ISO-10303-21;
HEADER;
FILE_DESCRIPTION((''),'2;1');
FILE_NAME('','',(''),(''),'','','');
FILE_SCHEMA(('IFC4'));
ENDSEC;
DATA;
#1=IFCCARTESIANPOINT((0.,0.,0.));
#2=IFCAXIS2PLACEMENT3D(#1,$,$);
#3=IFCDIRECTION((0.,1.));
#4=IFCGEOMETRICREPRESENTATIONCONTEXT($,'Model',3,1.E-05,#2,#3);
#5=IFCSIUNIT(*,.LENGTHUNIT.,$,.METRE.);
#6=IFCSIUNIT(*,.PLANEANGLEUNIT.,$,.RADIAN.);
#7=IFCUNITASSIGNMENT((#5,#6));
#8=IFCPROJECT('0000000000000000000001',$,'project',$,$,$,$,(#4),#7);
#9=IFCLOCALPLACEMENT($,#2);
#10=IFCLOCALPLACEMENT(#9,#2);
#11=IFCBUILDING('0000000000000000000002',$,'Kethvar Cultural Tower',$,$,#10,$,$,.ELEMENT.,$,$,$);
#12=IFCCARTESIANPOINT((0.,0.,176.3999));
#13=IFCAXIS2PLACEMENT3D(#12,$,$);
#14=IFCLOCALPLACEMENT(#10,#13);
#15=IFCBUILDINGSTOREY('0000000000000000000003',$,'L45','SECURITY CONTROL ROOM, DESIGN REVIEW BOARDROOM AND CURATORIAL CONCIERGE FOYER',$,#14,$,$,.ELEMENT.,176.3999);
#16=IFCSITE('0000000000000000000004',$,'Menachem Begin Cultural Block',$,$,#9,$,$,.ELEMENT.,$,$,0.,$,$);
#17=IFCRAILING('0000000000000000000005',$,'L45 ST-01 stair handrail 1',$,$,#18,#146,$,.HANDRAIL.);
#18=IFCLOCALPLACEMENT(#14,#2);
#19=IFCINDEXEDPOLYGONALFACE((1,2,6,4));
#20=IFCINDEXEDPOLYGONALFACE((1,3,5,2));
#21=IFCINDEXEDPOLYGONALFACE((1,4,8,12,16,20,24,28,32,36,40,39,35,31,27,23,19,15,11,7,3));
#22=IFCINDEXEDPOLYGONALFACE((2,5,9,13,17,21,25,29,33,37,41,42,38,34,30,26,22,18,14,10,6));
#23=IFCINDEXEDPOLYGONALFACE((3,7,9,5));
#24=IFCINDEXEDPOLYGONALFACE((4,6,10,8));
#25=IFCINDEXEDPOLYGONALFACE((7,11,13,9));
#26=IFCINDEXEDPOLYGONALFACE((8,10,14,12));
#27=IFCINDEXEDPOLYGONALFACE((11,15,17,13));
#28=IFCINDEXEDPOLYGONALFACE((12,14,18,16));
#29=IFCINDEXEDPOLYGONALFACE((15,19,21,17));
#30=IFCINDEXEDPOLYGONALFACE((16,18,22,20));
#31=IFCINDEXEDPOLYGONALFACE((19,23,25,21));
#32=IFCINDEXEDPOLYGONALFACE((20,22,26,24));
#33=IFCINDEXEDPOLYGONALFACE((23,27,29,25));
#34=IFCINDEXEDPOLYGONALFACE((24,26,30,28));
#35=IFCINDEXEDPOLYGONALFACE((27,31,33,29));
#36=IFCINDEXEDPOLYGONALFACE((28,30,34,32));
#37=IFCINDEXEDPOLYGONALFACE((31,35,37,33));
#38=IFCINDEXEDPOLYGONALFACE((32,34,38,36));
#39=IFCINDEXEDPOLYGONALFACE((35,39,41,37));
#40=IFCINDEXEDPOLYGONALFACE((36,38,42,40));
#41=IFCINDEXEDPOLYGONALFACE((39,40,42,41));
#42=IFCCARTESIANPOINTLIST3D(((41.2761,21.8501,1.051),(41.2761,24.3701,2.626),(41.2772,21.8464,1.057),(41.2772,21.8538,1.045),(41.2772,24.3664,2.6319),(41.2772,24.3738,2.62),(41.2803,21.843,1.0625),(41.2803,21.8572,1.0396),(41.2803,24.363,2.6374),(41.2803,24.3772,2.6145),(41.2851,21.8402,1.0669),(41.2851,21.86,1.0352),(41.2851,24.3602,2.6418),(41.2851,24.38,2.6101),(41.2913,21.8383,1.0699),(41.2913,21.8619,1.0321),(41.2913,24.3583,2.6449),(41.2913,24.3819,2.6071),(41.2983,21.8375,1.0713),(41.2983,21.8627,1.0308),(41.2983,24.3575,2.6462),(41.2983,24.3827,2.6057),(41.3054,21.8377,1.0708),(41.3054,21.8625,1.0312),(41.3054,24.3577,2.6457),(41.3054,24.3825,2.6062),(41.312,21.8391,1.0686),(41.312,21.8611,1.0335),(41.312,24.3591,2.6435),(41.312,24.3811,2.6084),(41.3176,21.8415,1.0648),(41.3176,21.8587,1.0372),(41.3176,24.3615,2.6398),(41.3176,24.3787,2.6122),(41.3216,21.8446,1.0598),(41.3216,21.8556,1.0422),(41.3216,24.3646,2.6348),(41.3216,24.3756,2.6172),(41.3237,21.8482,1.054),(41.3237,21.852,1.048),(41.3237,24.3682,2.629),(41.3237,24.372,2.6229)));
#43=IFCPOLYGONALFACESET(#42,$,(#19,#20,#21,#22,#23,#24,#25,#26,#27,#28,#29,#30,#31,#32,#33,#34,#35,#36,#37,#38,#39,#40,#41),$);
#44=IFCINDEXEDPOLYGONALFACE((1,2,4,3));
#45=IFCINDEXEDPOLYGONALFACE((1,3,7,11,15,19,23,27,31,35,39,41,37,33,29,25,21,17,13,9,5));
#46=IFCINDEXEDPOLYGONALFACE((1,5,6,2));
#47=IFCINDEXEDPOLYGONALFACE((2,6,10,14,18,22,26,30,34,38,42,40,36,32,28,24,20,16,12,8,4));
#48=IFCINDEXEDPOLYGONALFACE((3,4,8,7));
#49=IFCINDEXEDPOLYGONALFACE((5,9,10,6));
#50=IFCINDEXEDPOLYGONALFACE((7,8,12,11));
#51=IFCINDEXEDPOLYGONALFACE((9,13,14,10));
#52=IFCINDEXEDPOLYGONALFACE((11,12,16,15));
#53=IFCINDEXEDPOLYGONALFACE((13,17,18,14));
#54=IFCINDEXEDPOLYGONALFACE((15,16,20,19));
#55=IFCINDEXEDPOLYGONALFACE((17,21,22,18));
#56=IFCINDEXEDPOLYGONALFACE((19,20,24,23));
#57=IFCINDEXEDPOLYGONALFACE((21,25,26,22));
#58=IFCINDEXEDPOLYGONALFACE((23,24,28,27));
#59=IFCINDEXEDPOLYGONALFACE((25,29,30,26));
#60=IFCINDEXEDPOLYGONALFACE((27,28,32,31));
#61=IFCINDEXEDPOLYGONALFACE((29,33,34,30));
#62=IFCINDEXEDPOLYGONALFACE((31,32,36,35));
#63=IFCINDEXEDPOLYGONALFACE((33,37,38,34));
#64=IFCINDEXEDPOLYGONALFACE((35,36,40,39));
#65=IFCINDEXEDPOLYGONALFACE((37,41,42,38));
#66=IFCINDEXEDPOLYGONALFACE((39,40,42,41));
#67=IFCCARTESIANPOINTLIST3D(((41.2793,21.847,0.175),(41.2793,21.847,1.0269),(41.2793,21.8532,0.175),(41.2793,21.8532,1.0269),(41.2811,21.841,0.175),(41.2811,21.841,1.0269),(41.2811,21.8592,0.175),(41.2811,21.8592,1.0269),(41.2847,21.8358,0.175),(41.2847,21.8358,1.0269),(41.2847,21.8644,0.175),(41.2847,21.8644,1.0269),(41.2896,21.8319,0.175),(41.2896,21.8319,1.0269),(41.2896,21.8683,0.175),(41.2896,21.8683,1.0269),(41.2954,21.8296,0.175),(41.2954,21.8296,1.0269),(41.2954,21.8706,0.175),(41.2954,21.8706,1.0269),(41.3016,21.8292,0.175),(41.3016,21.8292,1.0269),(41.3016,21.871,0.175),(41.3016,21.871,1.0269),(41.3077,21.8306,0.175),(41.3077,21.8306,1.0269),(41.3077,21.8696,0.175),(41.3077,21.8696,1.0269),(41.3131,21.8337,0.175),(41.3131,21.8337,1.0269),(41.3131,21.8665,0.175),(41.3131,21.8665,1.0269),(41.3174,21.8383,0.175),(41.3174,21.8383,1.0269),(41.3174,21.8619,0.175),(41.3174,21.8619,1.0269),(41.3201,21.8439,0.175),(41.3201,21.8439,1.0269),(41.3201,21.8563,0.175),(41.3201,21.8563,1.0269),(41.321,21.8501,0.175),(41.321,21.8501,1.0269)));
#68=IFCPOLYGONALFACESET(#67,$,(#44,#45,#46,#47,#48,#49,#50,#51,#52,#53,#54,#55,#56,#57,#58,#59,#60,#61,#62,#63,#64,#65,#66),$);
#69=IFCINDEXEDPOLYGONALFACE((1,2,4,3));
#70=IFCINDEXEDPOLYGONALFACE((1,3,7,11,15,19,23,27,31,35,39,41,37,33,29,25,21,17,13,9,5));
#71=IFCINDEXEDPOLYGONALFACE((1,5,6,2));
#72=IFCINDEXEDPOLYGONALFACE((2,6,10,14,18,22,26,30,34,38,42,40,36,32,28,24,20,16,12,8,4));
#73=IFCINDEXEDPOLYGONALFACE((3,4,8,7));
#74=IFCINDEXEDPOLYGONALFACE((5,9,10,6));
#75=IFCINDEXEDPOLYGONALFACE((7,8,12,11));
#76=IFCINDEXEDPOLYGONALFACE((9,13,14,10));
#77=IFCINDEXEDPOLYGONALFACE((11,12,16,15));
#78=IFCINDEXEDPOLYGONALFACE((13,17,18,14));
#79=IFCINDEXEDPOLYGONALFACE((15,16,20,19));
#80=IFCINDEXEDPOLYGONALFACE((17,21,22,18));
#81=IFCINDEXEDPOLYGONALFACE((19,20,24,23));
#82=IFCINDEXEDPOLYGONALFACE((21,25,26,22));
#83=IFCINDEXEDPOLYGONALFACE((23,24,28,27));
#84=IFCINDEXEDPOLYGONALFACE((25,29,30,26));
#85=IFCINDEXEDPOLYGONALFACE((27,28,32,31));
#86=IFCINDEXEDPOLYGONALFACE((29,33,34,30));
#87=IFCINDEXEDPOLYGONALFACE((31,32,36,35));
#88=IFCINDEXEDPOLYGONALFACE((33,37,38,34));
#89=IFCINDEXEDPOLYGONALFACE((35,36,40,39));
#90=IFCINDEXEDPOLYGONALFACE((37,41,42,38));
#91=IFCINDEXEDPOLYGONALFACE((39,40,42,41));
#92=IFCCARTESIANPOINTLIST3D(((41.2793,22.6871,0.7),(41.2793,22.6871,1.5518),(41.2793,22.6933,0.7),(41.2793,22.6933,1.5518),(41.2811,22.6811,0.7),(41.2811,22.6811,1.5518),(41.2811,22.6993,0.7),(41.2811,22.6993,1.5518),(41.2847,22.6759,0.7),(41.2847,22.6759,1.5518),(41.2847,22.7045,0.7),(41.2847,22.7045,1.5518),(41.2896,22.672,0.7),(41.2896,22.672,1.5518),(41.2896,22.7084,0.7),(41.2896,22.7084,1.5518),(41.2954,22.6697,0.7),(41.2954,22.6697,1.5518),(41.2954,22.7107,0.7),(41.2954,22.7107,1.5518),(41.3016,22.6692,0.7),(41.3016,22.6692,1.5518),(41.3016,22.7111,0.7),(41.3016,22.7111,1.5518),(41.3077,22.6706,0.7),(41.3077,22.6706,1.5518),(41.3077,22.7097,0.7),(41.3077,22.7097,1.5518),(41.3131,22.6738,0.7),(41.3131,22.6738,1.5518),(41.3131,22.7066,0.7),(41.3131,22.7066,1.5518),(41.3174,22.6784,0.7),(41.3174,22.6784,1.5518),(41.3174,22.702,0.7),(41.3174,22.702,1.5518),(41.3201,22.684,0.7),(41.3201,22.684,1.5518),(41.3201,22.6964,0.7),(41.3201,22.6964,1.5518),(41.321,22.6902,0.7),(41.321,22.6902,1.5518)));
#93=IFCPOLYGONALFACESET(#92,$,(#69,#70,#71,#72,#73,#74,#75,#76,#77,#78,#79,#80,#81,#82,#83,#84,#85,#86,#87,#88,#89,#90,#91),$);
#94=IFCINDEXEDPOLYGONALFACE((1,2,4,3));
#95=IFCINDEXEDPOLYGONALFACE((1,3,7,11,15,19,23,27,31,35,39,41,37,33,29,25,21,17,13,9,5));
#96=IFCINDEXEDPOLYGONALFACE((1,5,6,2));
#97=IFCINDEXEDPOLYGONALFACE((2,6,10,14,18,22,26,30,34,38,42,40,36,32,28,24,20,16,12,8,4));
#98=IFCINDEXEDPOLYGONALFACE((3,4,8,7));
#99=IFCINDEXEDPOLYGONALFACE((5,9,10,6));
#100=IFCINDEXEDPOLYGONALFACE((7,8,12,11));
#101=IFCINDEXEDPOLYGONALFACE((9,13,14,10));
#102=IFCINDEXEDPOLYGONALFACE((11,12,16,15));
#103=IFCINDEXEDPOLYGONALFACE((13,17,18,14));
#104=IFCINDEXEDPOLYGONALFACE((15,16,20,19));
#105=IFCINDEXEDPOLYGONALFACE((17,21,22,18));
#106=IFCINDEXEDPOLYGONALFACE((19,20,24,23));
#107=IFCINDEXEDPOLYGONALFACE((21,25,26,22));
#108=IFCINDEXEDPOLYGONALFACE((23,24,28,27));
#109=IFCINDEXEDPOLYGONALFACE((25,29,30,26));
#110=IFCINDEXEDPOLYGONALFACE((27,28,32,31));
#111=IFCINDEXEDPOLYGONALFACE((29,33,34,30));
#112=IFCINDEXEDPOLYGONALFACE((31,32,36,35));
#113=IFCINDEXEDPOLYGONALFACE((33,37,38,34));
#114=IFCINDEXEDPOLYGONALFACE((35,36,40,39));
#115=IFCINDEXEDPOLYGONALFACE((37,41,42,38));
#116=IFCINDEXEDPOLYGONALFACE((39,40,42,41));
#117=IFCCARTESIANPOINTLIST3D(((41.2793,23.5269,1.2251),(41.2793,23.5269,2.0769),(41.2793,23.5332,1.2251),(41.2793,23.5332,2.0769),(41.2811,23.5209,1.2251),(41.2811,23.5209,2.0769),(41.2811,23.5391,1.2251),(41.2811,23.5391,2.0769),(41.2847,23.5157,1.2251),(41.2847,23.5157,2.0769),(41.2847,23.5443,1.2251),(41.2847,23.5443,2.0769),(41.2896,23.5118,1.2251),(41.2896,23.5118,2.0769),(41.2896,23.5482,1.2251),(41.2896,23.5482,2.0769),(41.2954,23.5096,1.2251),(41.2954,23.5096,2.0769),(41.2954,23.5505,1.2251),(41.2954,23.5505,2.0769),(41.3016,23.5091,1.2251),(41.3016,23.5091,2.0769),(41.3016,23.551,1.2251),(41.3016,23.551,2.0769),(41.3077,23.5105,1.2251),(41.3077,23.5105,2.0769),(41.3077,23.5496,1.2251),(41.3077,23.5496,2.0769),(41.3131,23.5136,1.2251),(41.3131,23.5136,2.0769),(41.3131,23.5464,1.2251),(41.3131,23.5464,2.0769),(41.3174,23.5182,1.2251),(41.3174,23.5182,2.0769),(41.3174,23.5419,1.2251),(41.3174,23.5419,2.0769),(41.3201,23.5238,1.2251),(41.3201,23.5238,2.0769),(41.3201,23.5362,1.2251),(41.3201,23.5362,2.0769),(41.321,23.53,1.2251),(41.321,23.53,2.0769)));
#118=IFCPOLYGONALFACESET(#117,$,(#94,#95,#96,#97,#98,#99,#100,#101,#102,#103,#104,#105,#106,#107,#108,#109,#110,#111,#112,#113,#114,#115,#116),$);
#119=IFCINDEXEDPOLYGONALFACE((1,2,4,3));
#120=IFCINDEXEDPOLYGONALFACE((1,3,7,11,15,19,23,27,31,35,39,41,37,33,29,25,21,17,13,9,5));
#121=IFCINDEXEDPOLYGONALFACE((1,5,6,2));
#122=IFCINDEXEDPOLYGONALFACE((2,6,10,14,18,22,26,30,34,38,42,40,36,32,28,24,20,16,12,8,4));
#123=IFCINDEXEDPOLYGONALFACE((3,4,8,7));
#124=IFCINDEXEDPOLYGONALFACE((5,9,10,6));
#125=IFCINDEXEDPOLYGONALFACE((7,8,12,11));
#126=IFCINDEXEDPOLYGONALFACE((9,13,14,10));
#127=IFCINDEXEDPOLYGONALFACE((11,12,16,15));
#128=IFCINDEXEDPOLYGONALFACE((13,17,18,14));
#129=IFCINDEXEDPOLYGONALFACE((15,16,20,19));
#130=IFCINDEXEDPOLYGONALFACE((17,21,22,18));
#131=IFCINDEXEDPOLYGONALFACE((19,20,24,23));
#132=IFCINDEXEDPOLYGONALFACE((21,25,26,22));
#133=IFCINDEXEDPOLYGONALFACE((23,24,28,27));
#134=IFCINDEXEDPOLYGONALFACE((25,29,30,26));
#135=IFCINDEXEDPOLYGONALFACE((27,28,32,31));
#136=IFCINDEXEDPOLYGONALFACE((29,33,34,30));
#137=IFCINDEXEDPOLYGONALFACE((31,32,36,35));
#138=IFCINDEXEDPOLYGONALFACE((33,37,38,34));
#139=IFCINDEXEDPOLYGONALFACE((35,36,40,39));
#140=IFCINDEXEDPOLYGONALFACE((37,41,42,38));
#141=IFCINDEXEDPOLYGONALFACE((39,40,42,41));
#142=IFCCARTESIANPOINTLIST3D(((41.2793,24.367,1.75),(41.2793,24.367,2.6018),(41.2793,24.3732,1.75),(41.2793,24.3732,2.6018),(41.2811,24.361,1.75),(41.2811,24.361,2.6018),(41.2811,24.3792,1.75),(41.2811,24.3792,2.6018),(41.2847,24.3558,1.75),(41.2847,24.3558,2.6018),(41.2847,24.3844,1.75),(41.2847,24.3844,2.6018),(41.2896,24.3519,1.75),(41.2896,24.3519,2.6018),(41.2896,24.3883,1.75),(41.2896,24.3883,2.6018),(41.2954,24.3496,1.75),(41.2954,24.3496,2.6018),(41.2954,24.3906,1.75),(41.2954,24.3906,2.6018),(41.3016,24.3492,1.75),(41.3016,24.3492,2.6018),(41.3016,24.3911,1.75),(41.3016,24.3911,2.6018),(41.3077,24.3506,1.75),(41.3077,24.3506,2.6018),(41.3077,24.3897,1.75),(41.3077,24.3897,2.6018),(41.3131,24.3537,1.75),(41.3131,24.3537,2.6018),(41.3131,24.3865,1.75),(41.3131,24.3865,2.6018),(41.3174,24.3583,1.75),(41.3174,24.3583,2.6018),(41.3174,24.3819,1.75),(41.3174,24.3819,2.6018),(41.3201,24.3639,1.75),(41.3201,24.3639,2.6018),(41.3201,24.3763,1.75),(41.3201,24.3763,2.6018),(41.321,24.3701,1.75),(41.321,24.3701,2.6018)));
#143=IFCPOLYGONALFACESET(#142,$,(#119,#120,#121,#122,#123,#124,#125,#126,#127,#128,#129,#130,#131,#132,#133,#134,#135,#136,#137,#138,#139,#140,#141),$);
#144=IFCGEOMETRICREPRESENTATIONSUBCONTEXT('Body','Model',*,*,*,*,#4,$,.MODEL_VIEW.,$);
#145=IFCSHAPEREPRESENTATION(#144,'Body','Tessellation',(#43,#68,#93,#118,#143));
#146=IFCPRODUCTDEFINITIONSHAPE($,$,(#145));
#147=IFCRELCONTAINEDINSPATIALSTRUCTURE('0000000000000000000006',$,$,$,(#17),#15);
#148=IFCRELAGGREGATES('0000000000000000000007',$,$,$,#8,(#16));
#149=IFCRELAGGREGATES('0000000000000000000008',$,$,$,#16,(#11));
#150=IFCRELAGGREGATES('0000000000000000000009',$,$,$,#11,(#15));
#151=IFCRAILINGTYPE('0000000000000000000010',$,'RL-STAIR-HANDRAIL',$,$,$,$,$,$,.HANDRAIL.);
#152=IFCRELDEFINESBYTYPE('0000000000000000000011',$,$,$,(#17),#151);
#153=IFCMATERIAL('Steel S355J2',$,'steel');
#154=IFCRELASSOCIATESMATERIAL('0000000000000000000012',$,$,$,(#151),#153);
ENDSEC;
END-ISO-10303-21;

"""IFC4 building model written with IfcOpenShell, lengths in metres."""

from ifc_helpers import new_model, si_unit, direction, frame, origin, origin_2d, place, context, subcontext, project, spatial, circle, extrude, material, type_object, element, save


model = new_model("IFC4")

# Units and contexts
model_context = context("Model", 3, precision=1e-05, world=origin(), true_north=direction((0.0, 1.0)))
body_context = subcontext(model_context, "Body", "Model", "MODEL_VIEW")
ifc_project = project(units=[si_unit("LENGTHUNIT", "METRE"), si_unit("PLANEANGLEUNIT", "RADIAN")], contexts=[model_context])

# Site, building, storey
site_placement = place(None, origin())
site = spatial("IfcSite", under=ifc_project, at=site_placement, Name="Menachem Begin Cultural Block", CompositionType="ELEMENT", RefElevation=0.0)
building_placement = place(site_placement, origin())
building = spatial("IfcBuilding", under=site, at=building_placement, Name="Kethvar Cultural Tower", CompositionType="ELEMENT")
storey_placement = place(building_placement, frame((0.0, 0.0, 176.3999)))
storey = spatial("IfcBuildingStorey", under=building, at=storey_placement, Name="L45", Description="SECURITY CONTROL ROOM, DESIGN REVIEW BOARDROOM AND CURATORIAL CONCIERGE FOYER", CompositionType="ELEMENT", Elevation=176.3999)

# Shared definitions
ifc_material_1 = material(Name="Steel S355J2", Category="steel")

# Railing
railing_type_1 = type_object("IfcRailingType", Name="RL-STAIR-HANDRAIL", PredefinedType="HANDRAIL", material=ifc_material_1)
railing_1_placement = place(storey_placement, frame((41.3, 21.8501, 0.175)))
element("IfcRailing", 1, at=railing_1_placement, inside=storey, type_object=railing_type_1, Name="L45 ST-01 stair handrail 1", PredefinedType="HANDRAIL", context=body_context, shape_type="SweptSolid", body=[
    extrude(circle(Radius=0.0239, at=origin_2d()), frame((0.0, 0.0, 0.876), z_axis=(0.0, 0.848008, 0.529984), x_axis=(-1.0, 0.0, 0.0)), (0.0, 0.0, 1.0), 2.9717),
    extrude(circle(Radius=0.021, at=origin_2d()), origin(), (0.0, 0.0, 1.0), 0.8518),
    extrude(circle(Radius=0.021, at=origin_2d()), frame((0.0, 0.8401, 0.5249)), (0.0, 0.0, 1.0), 0.8518),
    extrude(circle(Radius=0.021, at=origin_2d()), frame((0.0, 1.6799, 1.05)), (0.0, 0.0, 1.0), 0.8518),
    extrude(circle(Radius=0.021, at=origin_2d()), frame((0.0, 2.52, 1.575)), (0.0, 0.0, 1.0), 0.8518),
])

save(model, "model.ifc")
